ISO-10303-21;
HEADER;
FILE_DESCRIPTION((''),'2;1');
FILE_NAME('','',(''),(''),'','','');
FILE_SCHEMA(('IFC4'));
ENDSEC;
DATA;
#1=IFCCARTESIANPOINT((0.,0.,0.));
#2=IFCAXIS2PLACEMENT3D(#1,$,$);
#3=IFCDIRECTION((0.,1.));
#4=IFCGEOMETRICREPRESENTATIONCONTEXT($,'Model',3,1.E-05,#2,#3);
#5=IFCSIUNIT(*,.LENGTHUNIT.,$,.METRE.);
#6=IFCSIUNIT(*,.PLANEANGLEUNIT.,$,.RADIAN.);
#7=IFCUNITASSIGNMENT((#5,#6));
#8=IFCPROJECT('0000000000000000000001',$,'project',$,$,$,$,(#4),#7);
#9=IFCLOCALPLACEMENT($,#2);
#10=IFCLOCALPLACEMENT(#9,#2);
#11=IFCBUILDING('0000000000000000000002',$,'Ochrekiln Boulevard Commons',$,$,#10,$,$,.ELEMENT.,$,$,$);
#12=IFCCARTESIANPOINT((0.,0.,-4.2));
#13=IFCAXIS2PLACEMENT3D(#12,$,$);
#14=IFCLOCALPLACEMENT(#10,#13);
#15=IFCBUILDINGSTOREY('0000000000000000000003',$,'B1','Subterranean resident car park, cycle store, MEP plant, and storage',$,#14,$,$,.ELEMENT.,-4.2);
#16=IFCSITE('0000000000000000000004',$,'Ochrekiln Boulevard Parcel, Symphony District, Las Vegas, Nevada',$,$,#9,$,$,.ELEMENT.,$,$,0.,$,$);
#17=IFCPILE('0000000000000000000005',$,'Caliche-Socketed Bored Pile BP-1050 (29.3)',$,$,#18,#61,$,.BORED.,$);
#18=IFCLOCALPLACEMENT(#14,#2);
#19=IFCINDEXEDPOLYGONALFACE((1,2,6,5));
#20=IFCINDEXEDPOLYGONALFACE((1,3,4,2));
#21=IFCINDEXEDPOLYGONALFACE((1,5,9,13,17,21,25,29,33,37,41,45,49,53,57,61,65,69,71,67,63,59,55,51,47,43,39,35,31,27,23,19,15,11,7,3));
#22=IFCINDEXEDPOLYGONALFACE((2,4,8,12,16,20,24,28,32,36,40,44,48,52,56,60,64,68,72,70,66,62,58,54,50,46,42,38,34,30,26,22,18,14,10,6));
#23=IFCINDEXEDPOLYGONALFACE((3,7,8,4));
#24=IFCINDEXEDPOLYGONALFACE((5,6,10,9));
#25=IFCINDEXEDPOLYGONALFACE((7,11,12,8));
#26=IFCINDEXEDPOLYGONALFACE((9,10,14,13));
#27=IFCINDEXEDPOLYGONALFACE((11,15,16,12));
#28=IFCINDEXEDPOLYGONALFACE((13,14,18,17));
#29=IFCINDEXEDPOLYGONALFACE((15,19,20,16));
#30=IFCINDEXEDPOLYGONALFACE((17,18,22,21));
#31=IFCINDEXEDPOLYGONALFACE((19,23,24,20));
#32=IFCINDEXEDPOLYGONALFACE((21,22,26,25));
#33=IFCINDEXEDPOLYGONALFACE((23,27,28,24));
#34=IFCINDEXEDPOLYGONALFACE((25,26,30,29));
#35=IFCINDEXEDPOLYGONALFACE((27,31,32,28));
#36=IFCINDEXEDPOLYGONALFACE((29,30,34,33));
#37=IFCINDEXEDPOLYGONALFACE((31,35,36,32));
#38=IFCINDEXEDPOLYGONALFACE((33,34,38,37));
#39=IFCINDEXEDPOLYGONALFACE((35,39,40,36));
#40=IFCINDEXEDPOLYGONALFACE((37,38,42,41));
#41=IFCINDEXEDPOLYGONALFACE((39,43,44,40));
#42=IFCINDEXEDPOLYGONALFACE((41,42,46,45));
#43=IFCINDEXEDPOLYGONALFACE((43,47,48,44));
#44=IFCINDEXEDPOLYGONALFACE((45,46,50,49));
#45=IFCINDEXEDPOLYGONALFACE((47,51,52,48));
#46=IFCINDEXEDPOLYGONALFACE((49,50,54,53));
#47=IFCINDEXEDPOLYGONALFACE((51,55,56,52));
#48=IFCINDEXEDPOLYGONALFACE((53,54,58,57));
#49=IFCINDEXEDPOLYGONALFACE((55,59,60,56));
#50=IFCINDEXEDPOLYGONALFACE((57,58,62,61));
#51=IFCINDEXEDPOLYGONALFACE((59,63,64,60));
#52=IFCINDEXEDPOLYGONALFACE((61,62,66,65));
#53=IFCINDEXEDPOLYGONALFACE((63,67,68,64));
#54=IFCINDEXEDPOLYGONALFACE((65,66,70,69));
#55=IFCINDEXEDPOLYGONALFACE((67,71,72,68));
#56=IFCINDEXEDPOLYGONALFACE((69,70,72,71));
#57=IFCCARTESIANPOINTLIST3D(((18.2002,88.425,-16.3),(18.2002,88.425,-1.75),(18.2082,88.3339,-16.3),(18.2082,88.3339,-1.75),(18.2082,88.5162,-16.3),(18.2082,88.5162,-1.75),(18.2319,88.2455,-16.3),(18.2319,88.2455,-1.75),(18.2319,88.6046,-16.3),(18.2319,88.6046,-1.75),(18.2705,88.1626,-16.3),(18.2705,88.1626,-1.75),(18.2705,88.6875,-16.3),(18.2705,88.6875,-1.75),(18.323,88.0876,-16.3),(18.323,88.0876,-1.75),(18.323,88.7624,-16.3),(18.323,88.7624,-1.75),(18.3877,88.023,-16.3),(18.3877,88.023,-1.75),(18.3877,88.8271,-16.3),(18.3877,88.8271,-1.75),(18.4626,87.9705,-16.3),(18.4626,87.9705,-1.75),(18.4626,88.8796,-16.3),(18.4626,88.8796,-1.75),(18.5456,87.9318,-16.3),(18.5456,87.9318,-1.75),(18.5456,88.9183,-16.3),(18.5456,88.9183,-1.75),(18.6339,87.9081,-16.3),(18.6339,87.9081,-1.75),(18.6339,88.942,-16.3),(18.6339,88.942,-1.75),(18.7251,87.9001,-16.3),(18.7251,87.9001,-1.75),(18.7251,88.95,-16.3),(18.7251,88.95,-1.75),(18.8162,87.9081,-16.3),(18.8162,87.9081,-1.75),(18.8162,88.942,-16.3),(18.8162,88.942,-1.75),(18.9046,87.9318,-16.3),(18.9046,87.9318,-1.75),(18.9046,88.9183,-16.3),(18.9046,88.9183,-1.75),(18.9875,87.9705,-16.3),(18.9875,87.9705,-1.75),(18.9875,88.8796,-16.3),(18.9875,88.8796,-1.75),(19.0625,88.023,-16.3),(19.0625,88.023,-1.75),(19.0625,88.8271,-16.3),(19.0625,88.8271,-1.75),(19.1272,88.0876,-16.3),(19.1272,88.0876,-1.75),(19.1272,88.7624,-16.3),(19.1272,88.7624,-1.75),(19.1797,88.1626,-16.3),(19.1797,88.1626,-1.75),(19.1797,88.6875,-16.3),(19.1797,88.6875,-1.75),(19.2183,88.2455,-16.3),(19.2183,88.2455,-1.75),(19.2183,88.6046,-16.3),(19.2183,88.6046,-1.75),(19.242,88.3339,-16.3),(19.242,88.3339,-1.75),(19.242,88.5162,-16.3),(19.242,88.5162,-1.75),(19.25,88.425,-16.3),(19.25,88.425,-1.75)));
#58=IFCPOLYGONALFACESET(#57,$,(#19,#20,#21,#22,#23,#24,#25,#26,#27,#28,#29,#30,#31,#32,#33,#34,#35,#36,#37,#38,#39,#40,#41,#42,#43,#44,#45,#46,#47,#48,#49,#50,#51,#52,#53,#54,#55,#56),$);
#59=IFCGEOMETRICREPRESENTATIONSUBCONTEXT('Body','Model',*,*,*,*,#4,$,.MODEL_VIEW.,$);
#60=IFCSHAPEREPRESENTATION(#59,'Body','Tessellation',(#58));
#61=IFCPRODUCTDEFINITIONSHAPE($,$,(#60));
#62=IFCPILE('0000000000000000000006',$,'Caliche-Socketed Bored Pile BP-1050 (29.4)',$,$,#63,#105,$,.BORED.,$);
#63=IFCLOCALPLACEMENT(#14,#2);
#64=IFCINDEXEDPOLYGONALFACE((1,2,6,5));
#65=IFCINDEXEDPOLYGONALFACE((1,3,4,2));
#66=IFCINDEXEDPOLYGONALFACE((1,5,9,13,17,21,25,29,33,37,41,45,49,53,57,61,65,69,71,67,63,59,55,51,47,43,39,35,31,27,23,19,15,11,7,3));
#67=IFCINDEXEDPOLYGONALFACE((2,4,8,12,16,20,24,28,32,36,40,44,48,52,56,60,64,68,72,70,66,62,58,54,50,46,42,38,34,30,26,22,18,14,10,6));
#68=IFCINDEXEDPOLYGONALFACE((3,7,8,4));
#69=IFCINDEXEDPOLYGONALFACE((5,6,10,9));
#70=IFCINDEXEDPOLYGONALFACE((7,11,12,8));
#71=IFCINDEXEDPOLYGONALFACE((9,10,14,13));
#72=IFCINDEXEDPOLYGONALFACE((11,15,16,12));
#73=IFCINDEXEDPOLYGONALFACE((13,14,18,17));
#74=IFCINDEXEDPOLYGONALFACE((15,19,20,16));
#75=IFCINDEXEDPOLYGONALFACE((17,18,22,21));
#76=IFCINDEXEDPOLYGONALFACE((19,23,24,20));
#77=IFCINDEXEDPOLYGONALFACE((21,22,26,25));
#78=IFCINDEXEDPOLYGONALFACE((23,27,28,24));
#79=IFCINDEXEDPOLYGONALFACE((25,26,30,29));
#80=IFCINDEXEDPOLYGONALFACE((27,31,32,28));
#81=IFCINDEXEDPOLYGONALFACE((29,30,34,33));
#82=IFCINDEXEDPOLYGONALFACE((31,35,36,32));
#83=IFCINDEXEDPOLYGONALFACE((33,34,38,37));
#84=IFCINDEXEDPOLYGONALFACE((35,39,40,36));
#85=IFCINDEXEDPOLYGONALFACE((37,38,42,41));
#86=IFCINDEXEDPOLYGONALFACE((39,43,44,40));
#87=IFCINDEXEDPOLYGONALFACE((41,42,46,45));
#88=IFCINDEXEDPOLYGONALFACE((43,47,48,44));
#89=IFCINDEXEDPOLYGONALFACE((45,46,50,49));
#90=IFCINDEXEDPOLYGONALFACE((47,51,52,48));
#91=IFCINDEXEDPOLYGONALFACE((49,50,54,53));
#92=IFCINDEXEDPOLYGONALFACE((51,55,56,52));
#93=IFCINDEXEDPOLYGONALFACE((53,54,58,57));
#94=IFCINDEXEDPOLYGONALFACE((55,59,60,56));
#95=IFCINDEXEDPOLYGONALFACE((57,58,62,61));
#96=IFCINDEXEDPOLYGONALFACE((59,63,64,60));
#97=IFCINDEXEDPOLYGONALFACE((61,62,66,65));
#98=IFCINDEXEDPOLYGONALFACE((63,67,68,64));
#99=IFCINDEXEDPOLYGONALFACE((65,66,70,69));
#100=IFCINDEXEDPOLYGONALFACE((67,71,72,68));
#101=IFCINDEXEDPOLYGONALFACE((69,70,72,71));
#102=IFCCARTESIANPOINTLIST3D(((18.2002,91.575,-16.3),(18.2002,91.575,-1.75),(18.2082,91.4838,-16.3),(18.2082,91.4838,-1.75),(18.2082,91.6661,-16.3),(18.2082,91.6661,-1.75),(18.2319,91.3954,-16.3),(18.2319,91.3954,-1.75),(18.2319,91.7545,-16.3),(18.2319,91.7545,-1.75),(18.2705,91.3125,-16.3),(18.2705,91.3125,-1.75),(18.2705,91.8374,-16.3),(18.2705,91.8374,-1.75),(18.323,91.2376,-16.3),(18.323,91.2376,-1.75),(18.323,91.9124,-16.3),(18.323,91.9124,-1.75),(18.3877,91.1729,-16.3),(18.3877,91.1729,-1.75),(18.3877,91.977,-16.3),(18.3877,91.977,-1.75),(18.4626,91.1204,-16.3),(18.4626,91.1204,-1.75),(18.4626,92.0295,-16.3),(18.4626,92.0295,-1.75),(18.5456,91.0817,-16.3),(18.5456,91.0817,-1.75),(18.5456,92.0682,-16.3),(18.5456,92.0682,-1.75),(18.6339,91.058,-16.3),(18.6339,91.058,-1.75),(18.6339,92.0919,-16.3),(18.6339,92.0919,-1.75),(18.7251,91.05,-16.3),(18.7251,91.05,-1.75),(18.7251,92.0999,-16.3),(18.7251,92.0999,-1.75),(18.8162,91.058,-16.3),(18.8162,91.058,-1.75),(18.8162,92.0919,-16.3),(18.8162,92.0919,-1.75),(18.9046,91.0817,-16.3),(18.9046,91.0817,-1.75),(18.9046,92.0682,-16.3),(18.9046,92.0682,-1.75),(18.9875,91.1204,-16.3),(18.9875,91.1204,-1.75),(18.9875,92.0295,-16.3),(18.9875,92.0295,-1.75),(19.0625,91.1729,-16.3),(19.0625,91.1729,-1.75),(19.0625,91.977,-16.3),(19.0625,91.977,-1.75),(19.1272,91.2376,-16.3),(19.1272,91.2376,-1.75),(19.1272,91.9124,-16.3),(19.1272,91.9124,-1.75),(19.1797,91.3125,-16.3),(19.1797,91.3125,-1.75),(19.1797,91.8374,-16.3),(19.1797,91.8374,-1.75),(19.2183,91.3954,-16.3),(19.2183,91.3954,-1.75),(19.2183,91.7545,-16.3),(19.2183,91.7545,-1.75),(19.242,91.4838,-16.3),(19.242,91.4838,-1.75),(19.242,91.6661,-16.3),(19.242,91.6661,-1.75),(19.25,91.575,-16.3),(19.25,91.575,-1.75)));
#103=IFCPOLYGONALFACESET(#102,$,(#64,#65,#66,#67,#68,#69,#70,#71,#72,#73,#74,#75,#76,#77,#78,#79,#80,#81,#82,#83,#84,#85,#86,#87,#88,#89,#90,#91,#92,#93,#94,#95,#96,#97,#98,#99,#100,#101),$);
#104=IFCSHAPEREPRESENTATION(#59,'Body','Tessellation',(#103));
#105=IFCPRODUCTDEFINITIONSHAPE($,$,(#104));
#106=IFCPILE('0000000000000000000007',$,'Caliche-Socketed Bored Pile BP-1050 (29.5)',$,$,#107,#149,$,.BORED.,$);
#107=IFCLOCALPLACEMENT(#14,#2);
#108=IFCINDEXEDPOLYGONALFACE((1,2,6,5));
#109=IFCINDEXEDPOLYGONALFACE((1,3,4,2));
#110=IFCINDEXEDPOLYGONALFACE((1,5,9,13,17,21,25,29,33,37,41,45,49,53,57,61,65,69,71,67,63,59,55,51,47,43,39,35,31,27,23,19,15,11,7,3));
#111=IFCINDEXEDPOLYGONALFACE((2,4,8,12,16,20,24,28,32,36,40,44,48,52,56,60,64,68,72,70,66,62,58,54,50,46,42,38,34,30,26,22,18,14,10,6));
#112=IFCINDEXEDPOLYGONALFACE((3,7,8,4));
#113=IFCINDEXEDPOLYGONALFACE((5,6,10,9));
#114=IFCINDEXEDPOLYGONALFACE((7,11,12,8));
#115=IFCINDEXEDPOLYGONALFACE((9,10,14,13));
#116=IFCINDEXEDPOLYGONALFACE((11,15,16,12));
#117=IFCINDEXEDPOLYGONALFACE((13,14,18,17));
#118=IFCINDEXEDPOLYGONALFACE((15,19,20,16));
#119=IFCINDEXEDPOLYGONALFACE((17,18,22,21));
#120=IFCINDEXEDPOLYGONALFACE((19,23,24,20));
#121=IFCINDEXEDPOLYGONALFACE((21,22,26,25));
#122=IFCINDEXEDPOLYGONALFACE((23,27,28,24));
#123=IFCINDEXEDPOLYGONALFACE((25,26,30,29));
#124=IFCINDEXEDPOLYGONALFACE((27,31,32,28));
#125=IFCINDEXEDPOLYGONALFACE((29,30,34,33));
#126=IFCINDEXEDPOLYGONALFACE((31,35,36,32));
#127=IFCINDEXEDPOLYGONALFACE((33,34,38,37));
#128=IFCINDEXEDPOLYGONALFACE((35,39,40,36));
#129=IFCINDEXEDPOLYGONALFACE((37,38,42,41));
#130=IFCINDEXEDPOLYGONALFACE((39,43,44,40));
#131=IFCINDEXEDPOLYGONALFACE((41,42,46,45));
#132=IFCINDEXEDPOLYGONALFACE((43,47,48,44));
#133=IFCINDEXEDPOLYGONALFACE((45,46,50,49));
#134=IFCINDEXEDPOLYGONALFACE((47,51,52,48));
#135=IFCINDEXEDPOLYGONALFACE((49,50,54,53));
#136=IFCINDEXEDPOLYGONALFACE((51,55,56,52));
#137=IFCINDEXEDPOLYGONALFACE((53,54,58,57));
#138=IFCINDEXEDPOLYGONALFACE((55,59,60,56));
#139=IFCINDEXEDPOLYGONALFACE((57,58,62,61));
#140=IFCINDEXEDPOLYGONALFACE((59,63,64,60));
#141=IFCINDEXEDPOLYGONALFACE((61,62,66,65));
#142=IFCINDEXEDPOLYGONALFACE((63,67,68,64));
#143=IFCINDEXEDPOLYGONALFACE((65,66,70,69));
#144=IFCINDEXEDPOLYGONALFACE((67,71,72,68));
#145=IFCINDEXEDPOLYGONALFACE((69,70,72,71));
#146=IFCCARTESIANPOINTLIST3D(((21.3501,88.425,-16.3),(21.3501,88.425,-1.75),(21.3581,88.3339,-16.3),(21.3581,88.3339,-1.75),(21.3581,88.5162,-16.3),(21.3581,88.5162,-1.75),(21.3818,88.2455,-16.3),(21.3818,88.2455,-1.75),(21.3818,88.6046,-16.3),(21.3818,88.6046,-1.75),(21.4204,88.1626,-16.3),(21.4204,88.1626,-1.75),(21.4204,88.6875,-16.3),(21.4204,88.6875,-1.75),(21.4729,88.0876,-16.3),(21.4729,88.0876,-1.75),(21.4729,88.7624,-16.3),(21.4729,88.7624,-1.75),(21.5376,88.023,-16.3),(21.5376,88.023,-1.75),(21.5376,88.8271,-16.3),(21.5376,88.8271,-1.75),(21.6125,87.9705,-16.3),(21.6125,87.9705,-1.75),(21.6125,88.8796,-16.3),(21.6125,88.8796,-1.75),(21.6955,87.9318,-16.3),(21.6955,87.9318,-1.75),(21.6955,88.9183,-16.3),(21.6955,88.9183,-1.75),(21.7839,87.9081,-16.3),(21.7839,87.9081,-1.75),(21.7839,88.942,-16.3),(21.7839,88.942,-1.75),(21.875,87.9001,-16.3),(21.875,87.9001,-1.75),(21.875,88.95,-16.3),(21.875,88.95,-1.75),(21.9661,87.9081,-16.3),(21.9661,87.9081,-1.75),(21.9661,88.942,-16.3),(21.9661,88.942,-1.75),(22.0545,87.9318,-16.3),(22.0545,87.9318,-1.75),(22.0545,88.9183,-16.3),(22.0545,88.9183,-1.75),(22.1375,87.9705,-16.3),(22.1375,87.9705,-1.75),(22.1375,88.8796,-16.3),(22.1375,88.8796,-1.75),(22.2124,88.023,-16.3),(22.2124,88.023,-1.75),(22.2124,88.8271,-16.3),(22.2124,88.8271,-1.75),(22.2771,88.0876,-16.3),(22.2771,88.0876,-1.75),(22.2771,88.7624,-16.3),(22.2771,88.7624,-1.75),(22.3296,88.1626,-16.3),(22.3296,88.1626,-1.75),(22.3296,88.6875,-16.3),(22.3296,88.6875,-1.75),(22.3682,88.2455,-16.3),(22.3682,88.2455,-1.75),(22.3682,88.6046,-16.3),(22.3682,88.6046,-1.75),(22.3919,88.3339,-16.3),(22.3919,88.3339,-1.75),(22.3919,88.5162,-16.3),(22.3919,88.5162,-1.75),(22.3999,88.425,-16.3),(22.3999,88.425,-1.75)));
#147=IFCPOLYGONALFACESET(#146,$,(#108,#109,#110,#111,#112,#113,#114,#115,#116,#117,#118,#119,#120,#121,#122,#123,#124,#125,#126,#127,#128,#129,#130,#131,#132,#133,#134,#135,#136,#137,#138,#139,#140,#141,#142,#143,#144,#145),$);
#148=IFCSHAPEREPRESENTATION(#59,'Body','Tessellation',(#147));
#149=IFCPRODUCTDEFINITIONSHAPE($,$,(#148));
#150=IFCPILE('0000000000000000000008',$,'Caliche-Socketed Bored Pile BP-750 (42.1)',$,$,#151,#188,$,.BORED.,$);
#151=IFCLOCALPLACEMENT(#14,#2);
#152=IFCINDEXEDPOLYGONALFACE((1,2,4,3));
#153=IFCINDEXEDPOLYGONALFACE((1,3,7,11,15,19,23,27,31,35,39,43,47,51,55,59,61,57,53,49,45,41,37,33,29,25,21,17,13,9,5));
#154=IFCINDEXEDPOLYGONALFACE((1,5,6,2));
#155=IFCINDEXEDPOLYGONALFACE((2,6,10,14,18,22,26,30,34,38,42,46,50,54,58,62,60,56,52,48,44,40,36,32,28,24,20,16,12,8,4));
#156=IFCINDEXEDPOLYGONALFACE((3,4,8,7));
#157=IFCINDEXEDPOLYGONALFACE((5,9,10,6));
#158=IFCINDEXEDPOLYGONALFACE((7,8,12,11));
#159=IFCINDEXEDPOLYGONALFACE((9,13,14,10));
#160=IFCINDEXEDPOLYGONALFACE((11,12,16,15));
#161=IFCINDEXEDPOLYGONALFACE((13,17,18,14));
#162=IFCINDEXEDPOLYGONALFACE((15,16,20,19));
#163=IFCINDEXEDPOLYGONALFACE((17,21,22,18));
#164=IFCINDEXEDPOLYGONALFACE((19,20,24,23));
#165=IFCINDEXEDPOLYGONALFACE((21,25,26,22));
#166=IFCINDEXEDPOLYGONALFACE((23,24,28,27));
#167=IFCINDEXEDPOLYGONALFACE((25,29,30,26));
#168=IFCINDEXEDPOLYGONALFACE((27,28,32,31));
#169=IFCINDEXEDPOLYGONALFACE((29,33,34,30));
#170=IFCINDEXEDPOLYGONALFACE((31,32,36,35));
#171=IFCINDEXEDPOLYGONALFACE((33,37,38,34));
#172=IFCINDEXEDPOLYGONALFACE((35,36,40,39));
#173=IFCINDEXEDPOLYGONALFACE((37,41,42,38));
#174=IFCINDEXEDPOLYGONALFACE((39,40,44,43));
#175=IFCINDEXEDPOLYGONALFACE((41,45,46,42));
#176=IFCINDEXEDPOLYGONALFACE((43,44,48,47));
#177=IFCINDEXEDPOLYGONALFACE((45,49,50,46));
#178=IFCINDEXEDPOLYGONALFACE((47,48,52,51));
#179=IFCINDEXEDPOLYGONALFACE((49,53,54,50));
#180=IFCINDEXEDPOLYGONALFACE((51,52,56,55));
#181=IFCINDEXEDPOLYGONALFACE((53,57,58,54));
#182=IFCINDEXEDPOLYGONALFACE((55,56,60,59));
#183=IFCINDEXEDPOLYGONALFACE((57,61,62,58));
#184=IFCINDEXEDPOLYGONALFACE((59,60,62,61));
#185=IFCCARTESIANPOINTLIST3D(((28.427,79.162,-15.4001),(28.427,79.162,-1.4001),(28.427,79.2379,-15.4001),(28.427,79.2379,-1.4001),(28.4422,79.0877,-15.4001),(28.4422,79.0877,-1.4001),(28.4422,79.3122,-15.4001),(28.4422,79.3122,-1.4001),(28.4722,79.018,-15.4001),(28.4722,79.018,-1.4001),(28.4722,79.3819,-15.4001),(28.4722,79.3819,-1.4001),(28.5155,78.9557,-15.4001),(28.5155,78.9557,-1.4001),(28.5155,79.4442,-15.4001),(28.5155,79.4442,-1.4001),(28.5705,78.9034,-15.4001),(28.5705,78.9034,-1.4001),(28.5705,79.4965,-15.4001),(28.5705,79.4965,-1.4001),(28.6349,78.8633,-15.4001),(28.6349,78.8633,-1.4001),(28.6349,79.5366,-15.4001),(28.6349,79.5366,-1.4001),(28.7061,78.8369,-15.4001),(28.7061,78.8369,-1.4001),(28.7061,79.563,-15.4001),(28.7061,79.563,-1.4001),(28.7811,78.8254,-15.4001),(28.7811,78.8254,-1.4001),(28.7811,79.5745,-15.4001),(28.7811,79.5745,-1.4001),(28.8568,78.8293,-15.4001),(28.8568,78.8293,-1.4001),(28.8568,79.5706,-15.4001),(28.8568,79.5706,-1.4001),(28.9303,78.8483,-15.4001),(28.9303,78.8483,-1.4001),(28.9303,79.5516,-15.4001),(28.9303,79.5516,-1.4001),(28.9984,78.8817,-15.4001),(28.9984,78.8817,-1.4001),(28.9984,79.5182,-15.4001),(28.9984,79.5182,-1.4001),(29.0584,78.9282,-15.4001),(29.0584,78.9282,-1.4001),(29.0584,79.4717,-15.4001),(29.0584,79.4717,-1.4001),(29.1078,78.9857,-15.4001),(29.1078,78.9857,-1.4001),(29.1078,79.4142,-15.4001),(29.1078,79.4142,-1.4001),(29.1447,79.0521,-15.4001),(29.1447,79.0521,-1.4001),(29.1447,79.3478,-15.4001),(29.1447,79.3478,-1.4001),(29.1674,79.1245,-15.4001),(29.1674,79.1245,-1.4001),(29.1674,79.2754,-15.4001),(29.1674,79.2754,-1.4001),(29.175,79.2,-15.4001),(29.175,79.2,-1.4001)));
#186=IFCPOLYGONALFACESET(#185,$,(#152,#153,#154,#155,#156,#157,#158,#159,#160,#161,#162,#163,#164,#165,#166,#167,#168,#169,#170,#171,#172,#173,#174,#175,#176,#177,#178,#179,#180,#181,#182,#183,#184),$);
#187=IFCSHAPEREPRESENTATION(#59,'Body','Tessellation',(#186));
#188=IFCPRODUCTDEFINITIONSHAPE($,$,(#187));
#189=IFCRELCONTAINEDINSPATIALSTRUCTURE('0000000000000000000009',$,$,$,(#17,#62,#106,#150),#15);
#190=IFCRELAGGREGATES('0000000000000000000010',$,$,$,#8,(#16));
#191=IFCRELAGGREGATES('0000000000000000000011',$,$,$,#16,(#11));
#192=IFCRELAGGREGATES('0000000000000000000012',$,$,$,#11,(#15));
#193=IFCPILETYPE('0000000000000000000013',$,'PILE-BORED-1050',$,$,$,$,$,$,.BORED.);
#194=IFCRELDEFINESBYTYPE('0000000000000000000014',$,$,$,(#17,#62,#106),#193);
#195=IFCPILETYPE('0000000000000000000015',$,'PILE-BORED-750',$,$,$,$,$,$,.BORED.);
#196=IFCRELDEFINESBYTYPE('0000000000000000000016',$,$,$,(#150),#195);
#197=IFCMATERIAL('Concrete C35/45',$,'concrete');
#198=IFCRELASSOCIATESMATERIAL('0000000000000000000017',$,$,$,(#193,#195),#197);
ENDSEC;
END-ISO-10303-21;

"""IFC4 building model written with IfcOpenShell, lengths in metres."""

from ifc_helpers import new_model, si_unit, direction, frame, origin, origin_2d, place, context, subcontext, project, spatial, circle, extrude, material, material_profile, profile_set, type_object, element, save


model = new_model("IFC4")

# Units and contexts
model_context = context("Model", 3, precision=1e-05, world=origin(), true_north=direction((0.0, 1.0)))
body_context = subcontext(model_context, "Body", "Model", "MODEL_VIEW")
ifc_project = project(units=[si_unit("LENGTHUNIT", "METRE"), si_unit("PLANEANGLEUNIT", "RADIAN")], contexts=[model_context])

# Site, building, storey
site_placement = place(None, origin())
site = spatial("IfcSite", under=ifc_project, at=site_placement, Name="Ochrekiln Boulevard Parcel, Symphony District, Las Vegas, Nevada", CompositionType="ELEMENT", RefElevation=0.0)
building_placement = place(site_placement, origin())
building = spatial("IfcBuilding", under=site, at=building_placement, Name="Ochrekiln Boulevard Commons", CompositionType="ELEMENT")
storey_placement = place(building_placement, frame((0.0, 0.0, -4.2)))
storey = spatial("IfcBuildingStorey", under=building, at=storey_placement, Name="B1", Description="Subterranean resident car park, cycle store, MEP plant, and storage", CompositionType="ELEMENT", Elevation=-4.2)

# Shared definitions
ifc_material_1 = material(Name="Concrete C35/45", Category="concrete")

# Piles
ifc_material_profile_1 = material_profile(ifc_material_1, circle(Radius=0.5249, at=origin_2d()), Name="PILE-D1050")
ifc_profile_set_1 = profile_set([ifc_material_profile_1], Name="Concrete C35/45")
pile_type_1 = type_object("IfcPileType", Name="PILE-BORED-1050", PredefinedType="BORED", material=ifc_profile_set_1)
for number, where, z_axis, x_axis, name in (
    (1, (18.7251, 88.425, -1.75), (0.0, 0.0, -1.0), (1.0, 0.0, 0.0), "Caliche-Socketed Bored Pile BP-1050 (29.3)"),
    (2, (18.7251, 91.575, -1.75), (0.0, 0.0, -1.0), (1.0, 0.0, 0.0), "Caliche-Socketed Bored Pile BP-1050 (29.4)"),
    (3, (21.875, 88.425, -1.75), (0.0, 0.0, -1.0), (1.0, 0.0, 0.0), "Caliche-Socketed Bored Pile BP-1050 (29.5)"),
):
    element("IfcPile", number, at=place(storey_placement, frame(where, z_axis=z_axis, x_axis=x_axis)), inside=storey, type_object=pile_type_1, Name=name, PredefinedType="BORED", context=body_context, shape_type="SweptSolid", body=[
        extrude(circle(Radius=0.5249, at=origin_2d()), origin(), (0.0, 0.0, 1.0), 14.55),
    ])
ifc_material_profile_2 = material_profile(ifc_material_1, circle(Radius=0.375, at=origin_2d()), Name="PILE-D750")
ifc_profile_set_2 = profile_set([ifc_material_profile_2], Name="Concrete C35/45")
pile_type_2 = type_object("IfcPileType", Name="PILE-BORED-750", PredefinedType="BORED", material=ifc_profile_set_2)
for number, where, z_axis, x_axis, name in (
    (4, (28.8, 79.2, -1.4001), (0.0, 0.0, -1.0), (1.0, 0.0, 0.0), "Caliche-Socketed Bored Pile BP-750 (42.1)"),
):
    element("IfcPile", number, at=place(storey_placement, frame(where, z_axis=z_axis, x_axis=x_axis)), inside=storey, type_object=pile_type_2, Name=name, PredefinedType="BORED", context=body_context, shape_type="SweptSolid", body=[
        extrude(circle(Radius=0.375, at=origin_2d()), origin(), (0.0, 0.0, 1.0), 14.0),
    ])

save(model, "model.ifc")
